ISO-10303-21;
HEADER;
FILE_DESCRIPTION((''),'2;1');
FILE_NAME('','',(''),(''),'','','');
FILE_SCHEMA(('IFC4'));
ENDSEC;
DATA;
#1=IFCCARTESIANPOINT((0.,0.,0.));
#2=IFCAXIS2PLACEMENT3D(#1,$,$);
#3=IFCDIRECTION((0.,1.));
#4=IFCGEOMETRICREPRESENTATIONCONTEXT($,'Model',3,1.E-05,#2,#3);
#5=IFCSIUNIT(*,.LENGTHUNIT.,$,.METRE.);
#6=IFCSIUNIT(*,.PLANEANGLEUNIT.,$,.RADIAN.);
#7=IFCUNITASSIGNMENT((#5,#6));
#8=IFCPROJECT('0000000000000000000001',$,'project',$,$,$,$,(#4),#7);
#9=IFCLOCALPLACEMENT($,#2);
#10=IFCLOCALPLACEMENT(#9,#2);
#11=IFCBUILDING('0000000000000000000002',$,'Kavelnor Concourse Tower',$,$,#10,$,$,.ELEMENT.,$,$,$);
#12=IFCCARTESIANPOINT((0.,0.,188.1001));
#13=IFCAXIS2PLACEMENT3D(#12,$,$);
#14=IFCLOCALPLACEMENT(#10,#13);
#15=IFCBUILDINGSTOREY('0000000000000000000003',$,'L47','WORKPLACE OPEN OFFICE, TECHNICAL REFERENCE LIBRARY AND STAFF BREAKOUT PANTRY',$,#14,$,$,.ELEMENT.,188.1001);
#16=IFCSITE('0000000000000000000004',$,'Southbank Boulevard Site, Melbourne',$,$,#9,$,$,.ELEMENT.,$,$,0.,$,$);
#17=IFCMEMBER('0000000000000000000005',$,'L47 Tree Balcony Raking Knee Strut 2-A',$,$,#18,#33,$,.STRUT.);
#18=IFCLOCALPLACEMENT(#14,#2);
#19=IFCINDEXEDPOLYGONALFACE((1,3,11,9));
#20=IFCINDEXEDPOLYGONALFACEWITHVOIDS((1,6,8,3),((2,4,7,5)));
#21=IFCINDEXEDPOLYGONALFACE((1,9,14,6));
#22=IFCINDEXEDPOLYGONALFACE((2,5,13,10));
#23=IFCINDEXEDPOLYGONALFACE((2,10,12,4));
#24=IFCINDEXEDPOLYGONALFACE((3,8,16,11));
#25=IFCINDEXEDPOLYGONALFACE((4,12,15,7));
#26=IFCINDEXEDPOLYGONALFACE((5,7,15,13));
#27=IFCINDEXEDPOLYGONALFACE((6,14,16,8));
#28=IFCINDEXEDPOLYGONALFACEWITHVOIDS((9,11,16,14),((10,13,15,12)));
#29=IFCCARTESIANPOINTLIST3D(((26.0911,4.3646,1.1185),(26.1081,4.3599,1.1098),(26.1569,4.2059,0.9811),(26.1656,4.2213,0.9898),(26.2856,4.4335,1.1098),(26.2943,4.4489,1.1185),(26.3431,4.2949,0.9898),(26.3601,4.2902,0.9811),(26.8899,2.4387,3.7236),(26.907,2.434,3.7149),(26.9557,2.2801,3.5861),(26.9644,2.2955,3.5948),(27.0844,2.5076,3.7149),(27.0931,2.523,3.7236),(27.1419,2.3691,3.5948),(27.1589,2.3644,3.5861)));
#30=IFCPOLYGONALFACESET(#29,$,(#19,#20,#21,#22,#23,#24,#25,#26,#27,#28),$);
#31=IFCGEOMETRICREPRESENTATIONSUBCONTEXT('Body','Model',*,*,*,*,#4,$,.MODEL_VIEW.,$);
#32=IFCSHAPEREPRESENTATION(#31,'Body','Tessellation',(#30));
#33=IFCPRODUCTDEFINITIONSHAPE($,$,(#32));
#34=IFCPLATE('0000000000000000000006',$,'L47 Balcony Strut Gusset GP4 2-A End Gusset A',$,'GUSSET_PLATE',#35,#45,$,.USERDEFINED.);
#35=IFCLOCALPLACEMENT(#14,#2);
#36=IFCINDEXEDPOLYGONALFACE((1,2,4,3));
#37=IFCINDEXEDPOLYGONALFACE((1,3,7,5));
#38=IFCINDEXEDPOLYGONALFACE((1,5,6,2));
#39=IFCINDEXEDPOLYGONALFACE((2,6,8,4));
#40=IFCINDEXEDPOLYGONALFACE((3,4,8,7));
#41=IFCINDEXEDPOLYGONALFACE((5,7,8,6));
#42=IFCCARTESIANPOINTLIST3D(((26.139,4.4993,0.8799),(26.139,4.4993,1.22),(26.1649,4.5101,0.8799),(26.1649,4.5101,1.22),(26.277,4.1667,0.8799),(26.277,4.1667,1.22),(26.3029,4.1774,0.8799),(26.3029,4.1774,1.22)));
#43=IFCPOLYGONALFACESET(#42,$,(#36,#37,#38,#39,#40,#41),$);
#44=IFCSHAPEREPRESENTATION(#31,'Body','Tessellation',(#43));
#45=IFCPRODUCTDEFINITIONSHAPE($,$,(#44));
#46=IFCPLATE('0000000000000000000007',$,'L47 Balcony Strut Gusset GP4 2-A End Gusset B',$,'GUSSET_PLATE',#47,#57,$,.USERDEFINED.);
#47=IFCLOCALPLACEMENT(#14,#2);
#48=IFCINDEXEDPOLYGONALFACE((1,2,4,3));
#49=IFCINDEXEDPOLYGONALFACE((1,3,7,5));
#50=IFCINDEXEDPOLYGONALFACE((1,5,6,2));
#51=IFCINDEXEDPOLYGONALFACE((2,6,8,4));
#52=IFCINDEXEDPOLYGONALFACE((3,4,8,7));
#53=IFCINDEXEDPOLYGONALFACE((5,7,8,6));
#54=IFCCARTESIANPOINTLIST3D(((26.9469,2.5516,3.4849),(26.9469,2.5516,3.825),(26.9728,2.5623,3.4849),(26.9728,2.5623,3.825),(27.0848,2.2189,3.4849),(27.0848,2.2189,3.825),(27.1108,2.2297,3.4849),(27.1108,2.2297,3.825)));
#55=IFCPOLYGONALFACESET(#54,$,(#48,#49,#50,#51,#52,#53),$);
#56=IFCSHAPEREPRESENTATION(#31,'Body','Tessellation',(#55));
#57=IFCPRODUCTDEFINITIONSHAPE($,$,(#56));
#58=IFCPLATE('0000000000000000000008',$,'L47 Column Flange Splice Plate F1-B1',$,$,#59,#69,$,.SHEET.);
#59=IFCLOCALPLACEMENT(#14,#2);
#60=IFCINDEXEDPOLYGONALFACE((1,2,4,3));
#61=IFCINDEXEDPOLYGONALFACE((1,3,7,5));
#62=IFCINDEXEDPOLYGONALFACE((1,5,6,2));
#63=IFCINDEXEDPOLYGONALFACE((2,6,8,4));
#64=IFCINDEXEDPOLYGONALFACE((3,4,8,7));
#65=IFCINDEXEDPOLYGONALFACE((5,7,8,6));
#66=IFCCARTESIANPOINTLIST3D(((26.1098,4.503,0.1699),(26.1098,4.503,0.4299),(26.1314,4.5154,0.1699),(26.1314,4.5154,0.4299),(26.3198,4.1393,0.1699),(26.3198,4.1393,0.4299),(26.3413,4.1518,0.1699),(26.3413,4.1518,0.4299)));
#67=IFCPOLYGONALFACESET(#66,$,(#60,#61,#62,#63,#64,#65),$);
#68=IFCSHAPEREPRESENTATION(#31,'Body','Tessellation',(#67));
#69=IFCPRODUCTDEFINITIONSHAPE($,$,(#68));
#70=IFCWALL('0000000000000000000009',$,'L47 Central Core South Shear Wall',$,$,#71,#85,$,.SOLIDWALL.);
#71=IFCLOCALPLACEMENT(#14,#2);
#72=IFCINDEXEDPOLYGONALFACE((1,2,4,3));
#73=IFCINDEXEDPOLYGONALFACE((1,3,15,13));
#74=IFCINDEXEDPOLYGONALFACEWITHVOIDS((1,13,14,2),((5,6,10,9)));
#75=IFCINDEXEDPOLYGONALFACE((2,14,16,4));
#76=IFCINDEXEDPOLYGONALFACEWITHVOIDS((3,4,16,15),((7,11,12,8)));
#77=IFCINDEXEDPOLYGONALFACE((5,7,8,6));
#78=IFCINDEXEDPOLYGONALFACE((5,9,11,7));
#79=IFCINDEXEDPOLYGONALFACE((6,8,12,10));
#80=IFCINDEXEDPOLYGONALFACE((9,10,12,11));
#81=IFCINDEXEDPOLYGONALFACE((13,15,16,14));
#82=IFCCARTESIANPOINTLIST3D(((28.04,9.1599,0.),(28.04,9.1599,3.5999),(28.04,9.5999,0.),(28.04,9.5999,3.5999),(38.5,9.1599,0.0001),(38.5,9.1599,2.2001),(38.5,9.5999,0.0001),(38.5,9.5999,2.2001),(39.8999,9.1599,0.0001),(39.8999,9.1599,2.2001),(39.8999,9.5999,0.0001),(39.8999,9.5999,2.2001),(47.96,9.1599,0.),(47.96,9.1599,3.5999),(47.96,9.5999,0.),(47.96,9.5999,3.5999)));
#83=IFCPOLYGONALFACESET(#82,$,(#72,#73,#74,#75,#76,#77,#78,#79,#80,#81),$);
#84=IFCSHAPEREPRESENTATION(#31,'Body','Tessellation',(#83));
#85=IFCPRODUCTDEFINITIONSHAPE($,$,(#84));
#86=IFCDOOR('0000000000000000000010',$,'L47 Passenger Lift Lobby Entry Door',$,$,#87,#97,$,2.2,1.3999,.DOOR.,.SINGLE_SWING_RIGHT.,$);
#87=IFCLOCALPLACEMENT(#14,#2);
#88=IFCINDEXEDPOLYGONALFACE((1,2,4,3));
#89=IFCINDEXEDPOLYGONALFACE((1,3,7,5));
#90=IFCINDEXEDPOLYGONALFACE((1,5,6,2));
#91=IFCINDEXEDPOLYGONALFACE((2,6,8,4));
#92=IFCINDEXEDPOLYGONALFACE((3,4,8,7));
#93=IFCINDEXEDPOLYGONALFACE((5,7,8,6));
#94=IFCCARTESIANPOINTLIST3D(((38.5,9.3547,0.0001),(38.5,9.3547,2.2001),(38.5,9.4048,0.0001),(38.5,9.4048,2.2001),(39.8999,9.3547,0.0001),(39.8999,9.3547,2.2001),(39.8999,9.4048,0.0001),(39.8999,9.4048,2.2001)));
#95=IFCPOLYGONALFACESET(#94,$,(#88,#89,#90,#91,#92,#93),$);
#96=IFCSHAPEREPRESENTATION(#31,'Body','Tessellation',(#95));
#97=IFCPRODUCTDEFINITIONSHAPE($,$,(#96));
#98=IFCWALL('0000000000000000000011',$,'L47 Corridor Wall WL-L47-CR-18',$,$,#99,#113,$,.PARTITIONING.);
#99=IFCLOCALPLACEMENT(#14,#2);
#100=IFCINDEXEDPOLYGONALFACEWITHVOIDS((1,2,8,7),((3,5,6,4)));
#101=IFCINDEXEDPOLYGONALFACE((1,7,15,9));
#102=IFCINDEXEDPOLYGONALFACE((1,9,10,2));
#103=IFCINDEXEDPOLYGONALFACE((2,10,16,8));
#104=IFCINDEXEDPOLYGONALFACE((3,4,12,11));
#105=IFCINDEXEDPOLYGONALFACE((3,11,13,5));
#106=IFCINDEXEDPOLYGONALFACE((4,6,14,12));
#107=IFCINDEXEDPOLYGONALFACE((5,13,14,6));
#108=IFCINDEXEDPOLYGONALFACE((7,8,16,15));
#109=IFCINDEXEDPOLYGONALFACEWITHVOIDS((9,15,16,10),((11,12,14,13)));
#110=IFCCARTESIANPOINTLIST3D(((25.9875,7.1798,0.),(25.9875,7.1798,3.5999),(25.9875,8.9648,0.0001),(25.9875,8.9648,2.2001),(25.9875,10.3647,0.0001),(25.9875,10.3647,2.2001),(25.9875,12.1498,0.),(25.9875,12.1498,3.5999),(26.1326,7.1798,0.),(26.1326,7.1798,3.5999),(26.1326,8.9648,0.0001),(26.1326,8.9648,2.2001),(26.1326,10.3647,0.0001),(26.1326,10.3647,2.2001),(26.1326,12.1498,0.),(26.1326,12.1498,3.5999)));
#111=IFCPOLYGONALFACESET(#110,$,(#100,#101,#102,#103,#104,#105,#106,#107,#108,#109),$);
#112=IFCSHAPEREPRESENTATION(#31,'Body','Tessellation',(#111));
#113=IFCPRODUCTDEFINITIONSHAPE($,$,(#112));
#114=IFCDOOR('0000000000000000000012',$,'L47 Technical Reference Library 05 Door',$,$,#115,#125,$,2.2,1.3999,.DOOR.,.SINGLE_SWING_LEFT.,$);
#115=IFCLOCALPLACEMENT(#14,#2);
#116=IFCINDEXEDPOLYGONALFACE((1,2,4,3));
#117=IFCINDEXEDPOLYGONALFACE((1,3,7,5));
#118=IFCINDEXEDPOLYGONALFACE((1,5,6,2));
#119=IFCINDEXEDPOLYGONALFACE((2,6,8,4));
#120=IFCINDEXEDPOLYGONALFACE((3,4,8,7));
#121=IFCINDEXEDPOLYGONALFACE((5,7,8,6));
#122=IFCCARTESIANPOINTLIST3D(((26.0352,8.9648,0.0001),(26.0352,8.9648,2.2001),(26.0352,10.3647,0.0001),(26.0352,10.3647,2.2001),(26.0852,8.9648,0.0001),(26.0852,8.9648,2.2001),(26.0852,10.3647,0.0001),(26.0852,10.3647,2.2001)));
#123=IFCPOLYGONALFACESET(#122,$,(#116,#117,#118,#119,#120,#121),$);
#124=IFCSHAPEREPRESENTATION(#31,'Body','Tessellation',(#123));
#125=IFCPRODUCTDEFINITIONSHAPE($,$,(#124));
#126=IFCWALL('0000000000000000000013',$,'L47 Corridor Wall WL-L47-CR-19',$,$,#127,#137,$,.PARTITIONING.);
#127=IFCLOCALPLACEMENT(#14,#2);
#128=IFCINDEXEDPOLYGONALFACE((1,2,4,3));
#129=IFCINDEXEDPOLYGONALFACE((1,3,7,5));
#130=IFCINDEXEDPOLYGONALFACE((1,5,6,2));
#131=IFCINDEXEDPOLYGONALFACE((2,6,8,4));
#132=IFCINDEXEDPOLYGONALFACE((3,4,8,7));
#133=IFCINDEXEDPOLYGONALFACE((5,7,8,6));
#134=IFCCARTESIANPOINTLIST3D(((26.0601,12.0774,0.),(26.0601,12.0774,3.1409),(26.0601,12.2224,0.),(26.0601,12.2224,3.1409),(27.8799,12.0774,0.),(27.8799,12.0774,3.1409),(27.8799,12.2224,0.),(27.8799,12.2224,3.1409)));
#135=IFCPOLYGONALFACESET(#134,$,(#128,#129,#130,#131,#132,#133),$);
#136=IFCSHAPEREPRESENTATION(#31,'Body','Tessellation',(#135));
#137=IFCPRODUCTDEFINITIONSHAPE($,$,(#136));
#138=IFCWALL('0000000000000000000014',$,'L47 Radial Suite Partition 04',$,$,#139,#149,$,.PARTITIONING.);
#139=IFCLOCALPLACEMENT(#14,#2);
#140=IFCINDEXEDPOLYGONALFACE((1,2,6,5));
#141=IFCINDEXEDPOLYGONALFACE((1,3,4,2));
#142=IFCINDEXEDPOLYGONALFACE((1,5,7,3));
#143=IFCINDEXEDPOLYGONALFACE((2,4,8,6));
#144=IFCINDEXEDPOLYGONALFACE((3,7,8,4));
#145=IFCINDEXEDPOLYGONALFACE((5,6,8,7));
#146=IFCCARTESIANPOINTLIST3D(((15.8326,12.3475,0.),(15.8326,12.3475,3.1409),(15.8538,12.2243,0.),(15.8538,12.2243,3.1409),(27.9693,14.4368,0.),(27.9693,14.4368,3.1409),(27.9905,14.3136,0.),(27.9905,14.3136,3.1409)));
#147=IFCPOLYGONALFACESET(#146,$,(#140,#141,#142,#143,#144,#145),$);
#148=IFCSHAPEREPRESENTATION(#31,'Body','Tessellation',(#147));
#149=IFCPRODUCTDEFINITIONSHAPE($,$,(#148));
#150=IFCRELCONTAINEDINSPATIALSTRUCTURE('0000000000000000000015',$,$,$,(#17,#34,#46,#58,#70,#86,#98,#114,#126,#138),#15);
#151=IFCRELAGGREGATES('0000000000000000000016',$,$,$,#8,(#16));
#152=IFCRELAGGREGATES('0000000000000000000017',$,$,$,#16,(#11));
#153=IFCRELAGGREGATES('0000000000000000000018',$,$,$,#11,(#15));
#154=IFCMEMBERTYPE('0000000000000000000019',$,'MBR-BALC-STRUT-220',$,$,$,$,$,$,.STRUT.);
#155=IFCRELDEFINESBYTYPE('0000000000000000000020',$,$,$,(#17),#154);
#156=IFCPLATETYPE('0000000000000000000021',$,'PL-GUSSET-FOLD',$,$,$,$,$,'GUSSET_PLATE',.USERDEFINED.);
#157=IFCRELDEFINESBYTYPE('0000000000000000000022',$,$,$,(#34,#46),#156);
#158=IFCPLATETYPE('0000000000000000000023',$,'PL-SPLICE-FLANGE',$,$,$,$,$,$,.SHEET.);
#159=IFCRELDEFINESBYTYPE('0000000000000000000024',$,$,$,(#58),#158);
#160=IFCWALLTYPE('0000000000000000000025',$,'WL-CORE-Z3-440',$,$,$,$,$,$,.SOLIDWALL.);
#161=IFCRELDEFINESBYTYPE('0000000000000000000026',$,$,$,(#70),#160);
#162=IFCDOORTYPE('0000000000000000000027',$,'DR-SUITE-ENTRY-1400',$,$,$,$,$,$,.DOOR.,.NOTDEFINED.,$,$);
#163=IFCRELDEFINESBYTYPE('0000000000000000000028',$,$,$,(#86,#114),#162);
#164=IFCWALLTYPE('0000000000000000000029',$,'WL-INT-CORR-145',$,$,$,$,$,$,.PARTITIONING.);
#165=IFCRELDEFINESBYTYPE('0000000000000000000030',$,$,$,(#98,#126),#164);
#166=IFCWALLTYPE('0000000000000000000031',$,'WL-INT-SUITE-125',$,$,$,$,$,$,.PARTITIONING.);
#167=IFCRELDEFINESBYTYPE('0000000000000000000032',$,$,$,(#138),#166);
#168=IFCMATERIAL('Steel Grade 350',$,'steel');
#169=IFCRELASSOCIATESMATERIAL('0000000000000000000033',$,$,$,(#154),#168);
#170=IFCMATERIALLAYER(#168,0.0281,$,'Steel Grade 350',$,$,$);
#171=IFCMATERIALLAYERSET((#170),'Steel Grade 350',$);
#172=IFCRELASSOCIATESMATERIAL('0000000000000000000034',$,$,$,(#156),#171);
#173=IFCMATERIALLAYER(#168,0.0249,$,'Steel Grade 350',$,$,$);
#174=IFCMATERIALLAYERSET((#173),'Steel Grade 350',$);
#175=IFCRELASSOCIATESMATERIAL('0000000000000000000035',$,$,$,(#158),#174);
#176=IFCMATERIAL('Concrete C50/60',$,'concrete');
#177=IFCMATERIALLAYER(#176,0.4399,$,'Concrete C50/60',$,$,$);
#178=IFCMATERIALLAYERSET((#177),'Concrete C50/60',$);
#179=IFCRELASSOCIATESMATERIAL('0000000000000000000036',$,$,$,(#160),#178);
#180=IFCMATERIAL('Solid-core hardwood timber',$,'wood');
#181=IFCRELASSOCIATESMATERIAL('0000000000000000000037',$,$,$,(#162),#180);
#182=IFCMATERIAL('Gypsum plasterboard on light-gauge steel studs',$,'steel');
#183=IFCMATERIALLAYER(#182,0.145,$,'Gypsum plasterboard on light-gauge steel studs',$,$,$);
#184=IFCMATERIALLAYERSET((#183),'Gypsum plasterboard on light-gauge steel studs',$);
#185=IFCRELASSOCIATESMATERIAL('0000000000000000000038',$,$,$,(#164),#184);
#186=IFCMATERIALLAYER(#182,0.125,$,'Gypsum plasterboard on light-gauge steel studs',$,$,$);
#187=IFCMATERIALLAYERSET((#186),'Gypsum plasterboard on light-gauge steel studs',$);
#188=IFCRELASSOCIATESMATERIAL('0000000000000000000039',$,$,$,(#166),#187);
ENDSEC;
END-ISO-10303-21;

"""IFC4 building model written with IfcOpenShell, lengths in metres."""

from ifc_helpers import new_model, si_unit, direction, frame, frame_2d, origin, origin_2d, place, context, subcontext, project, spatial, rectangle, hollow_rectangle, extrude, material, layer, layer_set, material_profile, profile_set, type_object, element, fill, save


model = new_model("IFC4")

# Units and contexts
model_context = context("Model", 3, precision=1e-05, world=origin(), true_north=direction((0.0, 1.0)))
body_context = subcontext(model_context, "Body", "Model", "MODEL_VIEW")
ifc_project = project(units=[si_unit("LENGTHUNIT", "METRE"), si_unit("PLANEANGLEUNIT", "RADIAN")], contexts=[model_context])

# Site, building, storey
site_placement = place(None, origin())
site = spatial("IfcSite", under=ifc_project, at=site_placement, Name="Southbank Boulevard Site, Melbourne", CompositionType="ELEMENT", RefElevation=0.0)
building_placement = place(site_placement, origin())
building = spatial("IfcBuilding", under=site, at=building_placement, Name="Kavelnor Concourse Tower", CompositionType="ELEMENT")
storey_placement = place(building_placement, frame((0.0, 0.0, 188.1001)))
storey = spatial("IfcBuildingStorey", under=building, at=storey_placement, Name="L47", Description="WORKPLACE OPEN OFFICE, TECHNICAL REFERENCE LIBRARY AND STAFF BREAKOUT PANTRY", CompositionType="ELEMENT", Elevation=188.1001)

# Shared definitions
ifc_material_1 = material(Name="Steel Grade 350", Category="steel")

# Member
ifc_material_profile_1 = material_profile(ifc_material_1, hollow_rectangle(XDim=0.22, YDim=0.22, WallThickness=0.0139, at=origin_2d()), Name="SHS 220x220x14")
ifc_profile_set_1 = profile_set([ifc_material_profile_1], Name="Steel Grade 350")
member_type = type_object("IfcMemberType", Name="MBR-BALC-STRUT-220", PredefinedType="STRUT", material=ifc_profile_set_1)
member_placement = place(storey_placement, frame((26.2256, 4.3274, 1.0498), z_axis=(0.239416, -0.577174, 0.780737), x_axis=(0.923686, 0.383151, 0.0)))
element("IfcMember", 1, at=member_placement, inside=storey, type_object=member_type, Name="L47 Tree Balcony Raking Knee Strut 2-A", PredefinedType="STRUT", context=body_context, shape_type="SweptSolid", body=[
    extrude(hollow_rectangle(XDim=0.22, YDim=0.22, WallThickness=0.0139, at=origin_2d()), origin(), (0.0, 0.0, 1.0), 3.3367),
])

# Plates
ifc_layer_1 = layer(ifc_material_1, 0.0281, Name="Steel Grade 350")
ifc_layer_set_1 = layer_set([ifc_layer_1], Name="Steel Grade 350")
plate_type_1 = type_object("IfcPlateType", Name="PL-GUSSET-FOLD", ElementType="GUSSET_PLATE", PredefinedType="USERDEFINED", material=ifc_layer_set_1)
for number, where, z_axis, x_axis, name in (
    (2, (26.2209, 4.3384, 0.8799), (0.0, 0.0, 1.0), (0.383167, -0.923679, 0.0), "L47 Balcony Strut Gusset GP4 2-A End Gusset A"),
    (3, (27.0288, 2.3906, 3.4849), (0.0, 0.0, 1.0), (0.383167, -0.923679, 0.0), "L47 Balcony Strut Gusset GP4 2-A End Gusset B"),
):
    element("IfcPlate", number, at=place(storey_placement, frame(where, z_axis=z_axis, x_axis=x_axis)), inside=storey, type_object=plate_type_1, Name=name, ObjectType="GUSSET_PLATE", PredefinedType="USERDEFINED", context=body_context, shape_type="SweptSolid", body=[
        extrude(rectangle(XDim=0.3601, YDim=0.0281, at=origin_2d()), origin(), (0.0, 0.0, 1.0), 0.3401),
    ])
ifc_layer_2 = layer(ifc_material_1, 0.0249, Name="Steel Grade 350")
ifc_layer_set_2 = layer_set([ifc_layer_2], Name="Steel Grade 350")
plate_type_2 = type_object("IfcPlateType", Name="PL-SPLICE-FLANGE", PredefinedType="SHEET", material=ifc_layer_set_2)
plate_placement = place(storey_placement, frame((26.2256, 4.3274, 0.1699), z_axis=(0.0, 0.0, 1.0), x_axis=(-0.5, 0.866025, 0.0)))
element("IfcPlate", 4, at=plate_placement, inside=storey, type_object=plate_type_2, Name="L47 Column Flange Splice Plate F1-B1", PredefinedType="SHEET", context=body_context, shape_type="SweptSolid", body=[
    extrude(rectangle(XDim=0.4199, YDim=0.0249, at=origin_2d()), origin(), (0.0, 0.0, 1.0), 0.26),
])

# Walls, openings, doors
ifc_material_2 = material(Name="Concrete C50/60", Category="concrete")
ifc_layer_3 = layer(ifc_material_2, 0.4399, Name="Concrete C50/60")
ifc_layer_set_3 = layer_set([ifc_layer_3], Name="Concrete C50/60")
wall_type_1 = type_object("IfcWallType", Name="WL-CORE-Z3-440", PredefinedType="SOLIDWALL", material=ifc_layer_set_3)
wall_1_placement = place(storey_placement, frame((28.04, 9.3799, 0.0), z_axis=(0.0, 0.0, 1.0), x_axis=(1.0, 0.0, 0.0)))
wall_1 = element("IfcWall", 5, at=wall_1_placement, inside=storey, type_object=wall_type_1, Name="L47 Central Core South Shear Wall", PredefinedType="SOLIDWALL", context=body_context, shape_type="SweptSolid", body=[
    extrude(rectangle(XDim=19.9199, YDim=0.4399, at=frame_2d((9.96, 0.0))), origin(), (0.0, 0.0, 1.0), 3.5999),
])
opening_1_placement = place(wall_1_placement, frame((10.46, 0.0, 0.0)))
opening_1 = element("IfcOpeningElement", 6, at=opening_1_placement, cuts=wall_1, PredefinedType="OPENING", context=body_context, shape_type="SweptSolid", body=[
    extrude(rectangle(XDim=1.3999, YDim=2.2, at=frame_2d((0.7, 1.1001))), frame((0.0, 0.23, 0.0), z_axis=(0.0, -1.0, 0.0), x_axis=(1.0, 0.0, 0.0)), (0.0, 0.0, 1.0), 0.46),
])
ifc_material_3 = material(Name="Solid-core hardwood timber", Category="wood")
door_type = type_object("IfcDoorType", Name="DR-SUITE-ENTRY-1400", OperationType="NOTDEFINED", PredefinedType="DOOR", material=ifc_material_3)
door_1_placement = place(opening_1_placement, origin())
door_1 = element("IfcDoor", 7, at=door_1_placement, inside=storey, type_object=door_type, Name="L47 Passenger Lift Lobby Entry Door", OperationType="SINGLE_SWING_RIGHT", OverallHeight=2.2, OverallWidth=1.3999, PredefinedType="DOOR", context=body_context, shape_type="SweptSolid", body=[
    extrude(rectangle(XDim=1.3999, YDim=2.2, at=frame_2d((0.7, 1.1001))), frame((0.0, 0.0249, 0.0), z_axis=(0.0, -1.0, 0.0), x_axis=(1.0, 0.0, 0.0)), (0.0, 0.0, 1.0), 0.05),
])
fill(opening_1, door_1)
ifc_material_4 = material(Name="Gypsum plasterboard on light-gauge steel studs", Category="steel")
ifc_layer_4 = layer(ifc_material_4, 0.145, Name="Gypsum plasterboard on light-gauge steel studs")
ifc_layer_set_4 = layer_set([ifc_layer_4], Name="Gypsum plasterboard on light-gauge steel studs")
wall_type_2 = type_object("IfcWallType", Name="WL-INT-CORR-145", PredefinedType="PARTITIONING", material=ifc_layer_set_4)
wall_2_placement = place(storey_placement, frame((26.0601, 7.1799, 0.0), z_axis=(0.0, 0.0, 1.0), x_axis=(0.0, 1.0, 0.0)))
wall_2 = element("IfcWall", 8, at=wall_2_placement, inside=storey, type_object=wall_type_2, Name="L47 Corridor Wall WL-L47-CR-18", PredefinedType="PARTITIONING", context=body_context, shape_type="SweptSolid", body=[
    extrude(rectangle(XDim=4.97, YDim=0.145, at=frame_2d((2.4849, 0.0))), origin(), (0.0, 0.0, 1.0), 3.5999),
])
opening_2_placement = place(wall_2_placement, frame((1.7849, 0.0, 0.0)))
opening_2 = element("IfcOpeningElement", 9, at=opening_2_placement, cuts=wall_2, PredefinedType="OPENING", context=body_context, shape_type="SweptSolid", body=[
    extrude(rectangle(XDim=1.3999, YDim=2.2, at=frame_2d((0.7, 1.1001))), frame((0.0, 0.0825, 0.0), z_axis=(0.0, -1.0, 0.0), x_axis=(1.0, 0.0, 0.0)), (0.0, 0.0, 1.0), 0.165),
])
door_2_placement = place(opening_2_placement, origin())
door_2 = element("IfcDoor", 10, at=door_2_placement, inside=storey, type_object=door_type, Name="L47 Technical Reference Library 05 Door", OperationType="SINGLE_SWING_LEFT", OverallHeight=2.2, OverallWidth=1.3999, PredefinedType="DOOR", context=body_context, shape_type="SweptSolid", body=[
    extrude(rectangle(XDim=1.3999, YDim=2.2, at=frame_2d((0.7, 1.1001))), frame((0.0, 0.0249, 0.0), z_axis=(0.0, -1.0, 0.0), x_axis=(1.0, 0.0, 0.0)), (0.0, 0.0, 1.0), 0.05),
])
fill(opening_2, door_2)

# Walls
wall_3_placement = place(storey_placement, frame((26.0601, 12.1499, 0.0), z_axis=(0.0, 0.0, 1.0), x_axis=(1.0, 0.0, 0.0)))
element("IfcWall", 11, at=wall_3_placement, inside=storey, type_object=wall_type_2, Name="L47 Corridor Wall WL-L47-CR-19", PredefinedType="PARTITIONING", context=body_context, shape_type="SweptSolid", body=[
    extrude(rectangle(XDim=1.8198, YDim=0.145, at=frame_2d((0.9099, 0.0))), origin(), (0.0, 0.0, 1.0), 3.1409),
])
ifc_layer_5 = layer(ifc_material_4, 0.125, Name="Gypsum plasterboard on light-gauge steel studs")
ifc_layer_set_5 = layer_set([ifc_layer_5], Name="Gypsum plasterboard on light-gauge steel studs")
wall_type_3 = type_object("IfcWallType", Name="WL-INT-SUITE-125", PredefinedType="PARTITIONING", material=ifc_layer_set_5)
wall_4_placement = place(storey_placement, frame((27.98, 14.3752, 0.0), z_axis=(0.0, 0.0, 1.0), x_axis=(-0.985503, -0.169656, 0.0)))
element("IfcWall", 12, at=wall_4_placement, inside=storey, type_object=wall_type_3, Name="L47 Radial Suite Partition 04", PredefinedType="PARTITIONING", context=body_context, shape_type="SweptSolid", body=[
    extrude(rectangle(XDim=12.3152, YDim=0.125, at=frame_2d((6.1577, 0.0))), origin(), (0.0, 0.0, 1.0), 3.1409),
])

save(model, "model.ifc")
